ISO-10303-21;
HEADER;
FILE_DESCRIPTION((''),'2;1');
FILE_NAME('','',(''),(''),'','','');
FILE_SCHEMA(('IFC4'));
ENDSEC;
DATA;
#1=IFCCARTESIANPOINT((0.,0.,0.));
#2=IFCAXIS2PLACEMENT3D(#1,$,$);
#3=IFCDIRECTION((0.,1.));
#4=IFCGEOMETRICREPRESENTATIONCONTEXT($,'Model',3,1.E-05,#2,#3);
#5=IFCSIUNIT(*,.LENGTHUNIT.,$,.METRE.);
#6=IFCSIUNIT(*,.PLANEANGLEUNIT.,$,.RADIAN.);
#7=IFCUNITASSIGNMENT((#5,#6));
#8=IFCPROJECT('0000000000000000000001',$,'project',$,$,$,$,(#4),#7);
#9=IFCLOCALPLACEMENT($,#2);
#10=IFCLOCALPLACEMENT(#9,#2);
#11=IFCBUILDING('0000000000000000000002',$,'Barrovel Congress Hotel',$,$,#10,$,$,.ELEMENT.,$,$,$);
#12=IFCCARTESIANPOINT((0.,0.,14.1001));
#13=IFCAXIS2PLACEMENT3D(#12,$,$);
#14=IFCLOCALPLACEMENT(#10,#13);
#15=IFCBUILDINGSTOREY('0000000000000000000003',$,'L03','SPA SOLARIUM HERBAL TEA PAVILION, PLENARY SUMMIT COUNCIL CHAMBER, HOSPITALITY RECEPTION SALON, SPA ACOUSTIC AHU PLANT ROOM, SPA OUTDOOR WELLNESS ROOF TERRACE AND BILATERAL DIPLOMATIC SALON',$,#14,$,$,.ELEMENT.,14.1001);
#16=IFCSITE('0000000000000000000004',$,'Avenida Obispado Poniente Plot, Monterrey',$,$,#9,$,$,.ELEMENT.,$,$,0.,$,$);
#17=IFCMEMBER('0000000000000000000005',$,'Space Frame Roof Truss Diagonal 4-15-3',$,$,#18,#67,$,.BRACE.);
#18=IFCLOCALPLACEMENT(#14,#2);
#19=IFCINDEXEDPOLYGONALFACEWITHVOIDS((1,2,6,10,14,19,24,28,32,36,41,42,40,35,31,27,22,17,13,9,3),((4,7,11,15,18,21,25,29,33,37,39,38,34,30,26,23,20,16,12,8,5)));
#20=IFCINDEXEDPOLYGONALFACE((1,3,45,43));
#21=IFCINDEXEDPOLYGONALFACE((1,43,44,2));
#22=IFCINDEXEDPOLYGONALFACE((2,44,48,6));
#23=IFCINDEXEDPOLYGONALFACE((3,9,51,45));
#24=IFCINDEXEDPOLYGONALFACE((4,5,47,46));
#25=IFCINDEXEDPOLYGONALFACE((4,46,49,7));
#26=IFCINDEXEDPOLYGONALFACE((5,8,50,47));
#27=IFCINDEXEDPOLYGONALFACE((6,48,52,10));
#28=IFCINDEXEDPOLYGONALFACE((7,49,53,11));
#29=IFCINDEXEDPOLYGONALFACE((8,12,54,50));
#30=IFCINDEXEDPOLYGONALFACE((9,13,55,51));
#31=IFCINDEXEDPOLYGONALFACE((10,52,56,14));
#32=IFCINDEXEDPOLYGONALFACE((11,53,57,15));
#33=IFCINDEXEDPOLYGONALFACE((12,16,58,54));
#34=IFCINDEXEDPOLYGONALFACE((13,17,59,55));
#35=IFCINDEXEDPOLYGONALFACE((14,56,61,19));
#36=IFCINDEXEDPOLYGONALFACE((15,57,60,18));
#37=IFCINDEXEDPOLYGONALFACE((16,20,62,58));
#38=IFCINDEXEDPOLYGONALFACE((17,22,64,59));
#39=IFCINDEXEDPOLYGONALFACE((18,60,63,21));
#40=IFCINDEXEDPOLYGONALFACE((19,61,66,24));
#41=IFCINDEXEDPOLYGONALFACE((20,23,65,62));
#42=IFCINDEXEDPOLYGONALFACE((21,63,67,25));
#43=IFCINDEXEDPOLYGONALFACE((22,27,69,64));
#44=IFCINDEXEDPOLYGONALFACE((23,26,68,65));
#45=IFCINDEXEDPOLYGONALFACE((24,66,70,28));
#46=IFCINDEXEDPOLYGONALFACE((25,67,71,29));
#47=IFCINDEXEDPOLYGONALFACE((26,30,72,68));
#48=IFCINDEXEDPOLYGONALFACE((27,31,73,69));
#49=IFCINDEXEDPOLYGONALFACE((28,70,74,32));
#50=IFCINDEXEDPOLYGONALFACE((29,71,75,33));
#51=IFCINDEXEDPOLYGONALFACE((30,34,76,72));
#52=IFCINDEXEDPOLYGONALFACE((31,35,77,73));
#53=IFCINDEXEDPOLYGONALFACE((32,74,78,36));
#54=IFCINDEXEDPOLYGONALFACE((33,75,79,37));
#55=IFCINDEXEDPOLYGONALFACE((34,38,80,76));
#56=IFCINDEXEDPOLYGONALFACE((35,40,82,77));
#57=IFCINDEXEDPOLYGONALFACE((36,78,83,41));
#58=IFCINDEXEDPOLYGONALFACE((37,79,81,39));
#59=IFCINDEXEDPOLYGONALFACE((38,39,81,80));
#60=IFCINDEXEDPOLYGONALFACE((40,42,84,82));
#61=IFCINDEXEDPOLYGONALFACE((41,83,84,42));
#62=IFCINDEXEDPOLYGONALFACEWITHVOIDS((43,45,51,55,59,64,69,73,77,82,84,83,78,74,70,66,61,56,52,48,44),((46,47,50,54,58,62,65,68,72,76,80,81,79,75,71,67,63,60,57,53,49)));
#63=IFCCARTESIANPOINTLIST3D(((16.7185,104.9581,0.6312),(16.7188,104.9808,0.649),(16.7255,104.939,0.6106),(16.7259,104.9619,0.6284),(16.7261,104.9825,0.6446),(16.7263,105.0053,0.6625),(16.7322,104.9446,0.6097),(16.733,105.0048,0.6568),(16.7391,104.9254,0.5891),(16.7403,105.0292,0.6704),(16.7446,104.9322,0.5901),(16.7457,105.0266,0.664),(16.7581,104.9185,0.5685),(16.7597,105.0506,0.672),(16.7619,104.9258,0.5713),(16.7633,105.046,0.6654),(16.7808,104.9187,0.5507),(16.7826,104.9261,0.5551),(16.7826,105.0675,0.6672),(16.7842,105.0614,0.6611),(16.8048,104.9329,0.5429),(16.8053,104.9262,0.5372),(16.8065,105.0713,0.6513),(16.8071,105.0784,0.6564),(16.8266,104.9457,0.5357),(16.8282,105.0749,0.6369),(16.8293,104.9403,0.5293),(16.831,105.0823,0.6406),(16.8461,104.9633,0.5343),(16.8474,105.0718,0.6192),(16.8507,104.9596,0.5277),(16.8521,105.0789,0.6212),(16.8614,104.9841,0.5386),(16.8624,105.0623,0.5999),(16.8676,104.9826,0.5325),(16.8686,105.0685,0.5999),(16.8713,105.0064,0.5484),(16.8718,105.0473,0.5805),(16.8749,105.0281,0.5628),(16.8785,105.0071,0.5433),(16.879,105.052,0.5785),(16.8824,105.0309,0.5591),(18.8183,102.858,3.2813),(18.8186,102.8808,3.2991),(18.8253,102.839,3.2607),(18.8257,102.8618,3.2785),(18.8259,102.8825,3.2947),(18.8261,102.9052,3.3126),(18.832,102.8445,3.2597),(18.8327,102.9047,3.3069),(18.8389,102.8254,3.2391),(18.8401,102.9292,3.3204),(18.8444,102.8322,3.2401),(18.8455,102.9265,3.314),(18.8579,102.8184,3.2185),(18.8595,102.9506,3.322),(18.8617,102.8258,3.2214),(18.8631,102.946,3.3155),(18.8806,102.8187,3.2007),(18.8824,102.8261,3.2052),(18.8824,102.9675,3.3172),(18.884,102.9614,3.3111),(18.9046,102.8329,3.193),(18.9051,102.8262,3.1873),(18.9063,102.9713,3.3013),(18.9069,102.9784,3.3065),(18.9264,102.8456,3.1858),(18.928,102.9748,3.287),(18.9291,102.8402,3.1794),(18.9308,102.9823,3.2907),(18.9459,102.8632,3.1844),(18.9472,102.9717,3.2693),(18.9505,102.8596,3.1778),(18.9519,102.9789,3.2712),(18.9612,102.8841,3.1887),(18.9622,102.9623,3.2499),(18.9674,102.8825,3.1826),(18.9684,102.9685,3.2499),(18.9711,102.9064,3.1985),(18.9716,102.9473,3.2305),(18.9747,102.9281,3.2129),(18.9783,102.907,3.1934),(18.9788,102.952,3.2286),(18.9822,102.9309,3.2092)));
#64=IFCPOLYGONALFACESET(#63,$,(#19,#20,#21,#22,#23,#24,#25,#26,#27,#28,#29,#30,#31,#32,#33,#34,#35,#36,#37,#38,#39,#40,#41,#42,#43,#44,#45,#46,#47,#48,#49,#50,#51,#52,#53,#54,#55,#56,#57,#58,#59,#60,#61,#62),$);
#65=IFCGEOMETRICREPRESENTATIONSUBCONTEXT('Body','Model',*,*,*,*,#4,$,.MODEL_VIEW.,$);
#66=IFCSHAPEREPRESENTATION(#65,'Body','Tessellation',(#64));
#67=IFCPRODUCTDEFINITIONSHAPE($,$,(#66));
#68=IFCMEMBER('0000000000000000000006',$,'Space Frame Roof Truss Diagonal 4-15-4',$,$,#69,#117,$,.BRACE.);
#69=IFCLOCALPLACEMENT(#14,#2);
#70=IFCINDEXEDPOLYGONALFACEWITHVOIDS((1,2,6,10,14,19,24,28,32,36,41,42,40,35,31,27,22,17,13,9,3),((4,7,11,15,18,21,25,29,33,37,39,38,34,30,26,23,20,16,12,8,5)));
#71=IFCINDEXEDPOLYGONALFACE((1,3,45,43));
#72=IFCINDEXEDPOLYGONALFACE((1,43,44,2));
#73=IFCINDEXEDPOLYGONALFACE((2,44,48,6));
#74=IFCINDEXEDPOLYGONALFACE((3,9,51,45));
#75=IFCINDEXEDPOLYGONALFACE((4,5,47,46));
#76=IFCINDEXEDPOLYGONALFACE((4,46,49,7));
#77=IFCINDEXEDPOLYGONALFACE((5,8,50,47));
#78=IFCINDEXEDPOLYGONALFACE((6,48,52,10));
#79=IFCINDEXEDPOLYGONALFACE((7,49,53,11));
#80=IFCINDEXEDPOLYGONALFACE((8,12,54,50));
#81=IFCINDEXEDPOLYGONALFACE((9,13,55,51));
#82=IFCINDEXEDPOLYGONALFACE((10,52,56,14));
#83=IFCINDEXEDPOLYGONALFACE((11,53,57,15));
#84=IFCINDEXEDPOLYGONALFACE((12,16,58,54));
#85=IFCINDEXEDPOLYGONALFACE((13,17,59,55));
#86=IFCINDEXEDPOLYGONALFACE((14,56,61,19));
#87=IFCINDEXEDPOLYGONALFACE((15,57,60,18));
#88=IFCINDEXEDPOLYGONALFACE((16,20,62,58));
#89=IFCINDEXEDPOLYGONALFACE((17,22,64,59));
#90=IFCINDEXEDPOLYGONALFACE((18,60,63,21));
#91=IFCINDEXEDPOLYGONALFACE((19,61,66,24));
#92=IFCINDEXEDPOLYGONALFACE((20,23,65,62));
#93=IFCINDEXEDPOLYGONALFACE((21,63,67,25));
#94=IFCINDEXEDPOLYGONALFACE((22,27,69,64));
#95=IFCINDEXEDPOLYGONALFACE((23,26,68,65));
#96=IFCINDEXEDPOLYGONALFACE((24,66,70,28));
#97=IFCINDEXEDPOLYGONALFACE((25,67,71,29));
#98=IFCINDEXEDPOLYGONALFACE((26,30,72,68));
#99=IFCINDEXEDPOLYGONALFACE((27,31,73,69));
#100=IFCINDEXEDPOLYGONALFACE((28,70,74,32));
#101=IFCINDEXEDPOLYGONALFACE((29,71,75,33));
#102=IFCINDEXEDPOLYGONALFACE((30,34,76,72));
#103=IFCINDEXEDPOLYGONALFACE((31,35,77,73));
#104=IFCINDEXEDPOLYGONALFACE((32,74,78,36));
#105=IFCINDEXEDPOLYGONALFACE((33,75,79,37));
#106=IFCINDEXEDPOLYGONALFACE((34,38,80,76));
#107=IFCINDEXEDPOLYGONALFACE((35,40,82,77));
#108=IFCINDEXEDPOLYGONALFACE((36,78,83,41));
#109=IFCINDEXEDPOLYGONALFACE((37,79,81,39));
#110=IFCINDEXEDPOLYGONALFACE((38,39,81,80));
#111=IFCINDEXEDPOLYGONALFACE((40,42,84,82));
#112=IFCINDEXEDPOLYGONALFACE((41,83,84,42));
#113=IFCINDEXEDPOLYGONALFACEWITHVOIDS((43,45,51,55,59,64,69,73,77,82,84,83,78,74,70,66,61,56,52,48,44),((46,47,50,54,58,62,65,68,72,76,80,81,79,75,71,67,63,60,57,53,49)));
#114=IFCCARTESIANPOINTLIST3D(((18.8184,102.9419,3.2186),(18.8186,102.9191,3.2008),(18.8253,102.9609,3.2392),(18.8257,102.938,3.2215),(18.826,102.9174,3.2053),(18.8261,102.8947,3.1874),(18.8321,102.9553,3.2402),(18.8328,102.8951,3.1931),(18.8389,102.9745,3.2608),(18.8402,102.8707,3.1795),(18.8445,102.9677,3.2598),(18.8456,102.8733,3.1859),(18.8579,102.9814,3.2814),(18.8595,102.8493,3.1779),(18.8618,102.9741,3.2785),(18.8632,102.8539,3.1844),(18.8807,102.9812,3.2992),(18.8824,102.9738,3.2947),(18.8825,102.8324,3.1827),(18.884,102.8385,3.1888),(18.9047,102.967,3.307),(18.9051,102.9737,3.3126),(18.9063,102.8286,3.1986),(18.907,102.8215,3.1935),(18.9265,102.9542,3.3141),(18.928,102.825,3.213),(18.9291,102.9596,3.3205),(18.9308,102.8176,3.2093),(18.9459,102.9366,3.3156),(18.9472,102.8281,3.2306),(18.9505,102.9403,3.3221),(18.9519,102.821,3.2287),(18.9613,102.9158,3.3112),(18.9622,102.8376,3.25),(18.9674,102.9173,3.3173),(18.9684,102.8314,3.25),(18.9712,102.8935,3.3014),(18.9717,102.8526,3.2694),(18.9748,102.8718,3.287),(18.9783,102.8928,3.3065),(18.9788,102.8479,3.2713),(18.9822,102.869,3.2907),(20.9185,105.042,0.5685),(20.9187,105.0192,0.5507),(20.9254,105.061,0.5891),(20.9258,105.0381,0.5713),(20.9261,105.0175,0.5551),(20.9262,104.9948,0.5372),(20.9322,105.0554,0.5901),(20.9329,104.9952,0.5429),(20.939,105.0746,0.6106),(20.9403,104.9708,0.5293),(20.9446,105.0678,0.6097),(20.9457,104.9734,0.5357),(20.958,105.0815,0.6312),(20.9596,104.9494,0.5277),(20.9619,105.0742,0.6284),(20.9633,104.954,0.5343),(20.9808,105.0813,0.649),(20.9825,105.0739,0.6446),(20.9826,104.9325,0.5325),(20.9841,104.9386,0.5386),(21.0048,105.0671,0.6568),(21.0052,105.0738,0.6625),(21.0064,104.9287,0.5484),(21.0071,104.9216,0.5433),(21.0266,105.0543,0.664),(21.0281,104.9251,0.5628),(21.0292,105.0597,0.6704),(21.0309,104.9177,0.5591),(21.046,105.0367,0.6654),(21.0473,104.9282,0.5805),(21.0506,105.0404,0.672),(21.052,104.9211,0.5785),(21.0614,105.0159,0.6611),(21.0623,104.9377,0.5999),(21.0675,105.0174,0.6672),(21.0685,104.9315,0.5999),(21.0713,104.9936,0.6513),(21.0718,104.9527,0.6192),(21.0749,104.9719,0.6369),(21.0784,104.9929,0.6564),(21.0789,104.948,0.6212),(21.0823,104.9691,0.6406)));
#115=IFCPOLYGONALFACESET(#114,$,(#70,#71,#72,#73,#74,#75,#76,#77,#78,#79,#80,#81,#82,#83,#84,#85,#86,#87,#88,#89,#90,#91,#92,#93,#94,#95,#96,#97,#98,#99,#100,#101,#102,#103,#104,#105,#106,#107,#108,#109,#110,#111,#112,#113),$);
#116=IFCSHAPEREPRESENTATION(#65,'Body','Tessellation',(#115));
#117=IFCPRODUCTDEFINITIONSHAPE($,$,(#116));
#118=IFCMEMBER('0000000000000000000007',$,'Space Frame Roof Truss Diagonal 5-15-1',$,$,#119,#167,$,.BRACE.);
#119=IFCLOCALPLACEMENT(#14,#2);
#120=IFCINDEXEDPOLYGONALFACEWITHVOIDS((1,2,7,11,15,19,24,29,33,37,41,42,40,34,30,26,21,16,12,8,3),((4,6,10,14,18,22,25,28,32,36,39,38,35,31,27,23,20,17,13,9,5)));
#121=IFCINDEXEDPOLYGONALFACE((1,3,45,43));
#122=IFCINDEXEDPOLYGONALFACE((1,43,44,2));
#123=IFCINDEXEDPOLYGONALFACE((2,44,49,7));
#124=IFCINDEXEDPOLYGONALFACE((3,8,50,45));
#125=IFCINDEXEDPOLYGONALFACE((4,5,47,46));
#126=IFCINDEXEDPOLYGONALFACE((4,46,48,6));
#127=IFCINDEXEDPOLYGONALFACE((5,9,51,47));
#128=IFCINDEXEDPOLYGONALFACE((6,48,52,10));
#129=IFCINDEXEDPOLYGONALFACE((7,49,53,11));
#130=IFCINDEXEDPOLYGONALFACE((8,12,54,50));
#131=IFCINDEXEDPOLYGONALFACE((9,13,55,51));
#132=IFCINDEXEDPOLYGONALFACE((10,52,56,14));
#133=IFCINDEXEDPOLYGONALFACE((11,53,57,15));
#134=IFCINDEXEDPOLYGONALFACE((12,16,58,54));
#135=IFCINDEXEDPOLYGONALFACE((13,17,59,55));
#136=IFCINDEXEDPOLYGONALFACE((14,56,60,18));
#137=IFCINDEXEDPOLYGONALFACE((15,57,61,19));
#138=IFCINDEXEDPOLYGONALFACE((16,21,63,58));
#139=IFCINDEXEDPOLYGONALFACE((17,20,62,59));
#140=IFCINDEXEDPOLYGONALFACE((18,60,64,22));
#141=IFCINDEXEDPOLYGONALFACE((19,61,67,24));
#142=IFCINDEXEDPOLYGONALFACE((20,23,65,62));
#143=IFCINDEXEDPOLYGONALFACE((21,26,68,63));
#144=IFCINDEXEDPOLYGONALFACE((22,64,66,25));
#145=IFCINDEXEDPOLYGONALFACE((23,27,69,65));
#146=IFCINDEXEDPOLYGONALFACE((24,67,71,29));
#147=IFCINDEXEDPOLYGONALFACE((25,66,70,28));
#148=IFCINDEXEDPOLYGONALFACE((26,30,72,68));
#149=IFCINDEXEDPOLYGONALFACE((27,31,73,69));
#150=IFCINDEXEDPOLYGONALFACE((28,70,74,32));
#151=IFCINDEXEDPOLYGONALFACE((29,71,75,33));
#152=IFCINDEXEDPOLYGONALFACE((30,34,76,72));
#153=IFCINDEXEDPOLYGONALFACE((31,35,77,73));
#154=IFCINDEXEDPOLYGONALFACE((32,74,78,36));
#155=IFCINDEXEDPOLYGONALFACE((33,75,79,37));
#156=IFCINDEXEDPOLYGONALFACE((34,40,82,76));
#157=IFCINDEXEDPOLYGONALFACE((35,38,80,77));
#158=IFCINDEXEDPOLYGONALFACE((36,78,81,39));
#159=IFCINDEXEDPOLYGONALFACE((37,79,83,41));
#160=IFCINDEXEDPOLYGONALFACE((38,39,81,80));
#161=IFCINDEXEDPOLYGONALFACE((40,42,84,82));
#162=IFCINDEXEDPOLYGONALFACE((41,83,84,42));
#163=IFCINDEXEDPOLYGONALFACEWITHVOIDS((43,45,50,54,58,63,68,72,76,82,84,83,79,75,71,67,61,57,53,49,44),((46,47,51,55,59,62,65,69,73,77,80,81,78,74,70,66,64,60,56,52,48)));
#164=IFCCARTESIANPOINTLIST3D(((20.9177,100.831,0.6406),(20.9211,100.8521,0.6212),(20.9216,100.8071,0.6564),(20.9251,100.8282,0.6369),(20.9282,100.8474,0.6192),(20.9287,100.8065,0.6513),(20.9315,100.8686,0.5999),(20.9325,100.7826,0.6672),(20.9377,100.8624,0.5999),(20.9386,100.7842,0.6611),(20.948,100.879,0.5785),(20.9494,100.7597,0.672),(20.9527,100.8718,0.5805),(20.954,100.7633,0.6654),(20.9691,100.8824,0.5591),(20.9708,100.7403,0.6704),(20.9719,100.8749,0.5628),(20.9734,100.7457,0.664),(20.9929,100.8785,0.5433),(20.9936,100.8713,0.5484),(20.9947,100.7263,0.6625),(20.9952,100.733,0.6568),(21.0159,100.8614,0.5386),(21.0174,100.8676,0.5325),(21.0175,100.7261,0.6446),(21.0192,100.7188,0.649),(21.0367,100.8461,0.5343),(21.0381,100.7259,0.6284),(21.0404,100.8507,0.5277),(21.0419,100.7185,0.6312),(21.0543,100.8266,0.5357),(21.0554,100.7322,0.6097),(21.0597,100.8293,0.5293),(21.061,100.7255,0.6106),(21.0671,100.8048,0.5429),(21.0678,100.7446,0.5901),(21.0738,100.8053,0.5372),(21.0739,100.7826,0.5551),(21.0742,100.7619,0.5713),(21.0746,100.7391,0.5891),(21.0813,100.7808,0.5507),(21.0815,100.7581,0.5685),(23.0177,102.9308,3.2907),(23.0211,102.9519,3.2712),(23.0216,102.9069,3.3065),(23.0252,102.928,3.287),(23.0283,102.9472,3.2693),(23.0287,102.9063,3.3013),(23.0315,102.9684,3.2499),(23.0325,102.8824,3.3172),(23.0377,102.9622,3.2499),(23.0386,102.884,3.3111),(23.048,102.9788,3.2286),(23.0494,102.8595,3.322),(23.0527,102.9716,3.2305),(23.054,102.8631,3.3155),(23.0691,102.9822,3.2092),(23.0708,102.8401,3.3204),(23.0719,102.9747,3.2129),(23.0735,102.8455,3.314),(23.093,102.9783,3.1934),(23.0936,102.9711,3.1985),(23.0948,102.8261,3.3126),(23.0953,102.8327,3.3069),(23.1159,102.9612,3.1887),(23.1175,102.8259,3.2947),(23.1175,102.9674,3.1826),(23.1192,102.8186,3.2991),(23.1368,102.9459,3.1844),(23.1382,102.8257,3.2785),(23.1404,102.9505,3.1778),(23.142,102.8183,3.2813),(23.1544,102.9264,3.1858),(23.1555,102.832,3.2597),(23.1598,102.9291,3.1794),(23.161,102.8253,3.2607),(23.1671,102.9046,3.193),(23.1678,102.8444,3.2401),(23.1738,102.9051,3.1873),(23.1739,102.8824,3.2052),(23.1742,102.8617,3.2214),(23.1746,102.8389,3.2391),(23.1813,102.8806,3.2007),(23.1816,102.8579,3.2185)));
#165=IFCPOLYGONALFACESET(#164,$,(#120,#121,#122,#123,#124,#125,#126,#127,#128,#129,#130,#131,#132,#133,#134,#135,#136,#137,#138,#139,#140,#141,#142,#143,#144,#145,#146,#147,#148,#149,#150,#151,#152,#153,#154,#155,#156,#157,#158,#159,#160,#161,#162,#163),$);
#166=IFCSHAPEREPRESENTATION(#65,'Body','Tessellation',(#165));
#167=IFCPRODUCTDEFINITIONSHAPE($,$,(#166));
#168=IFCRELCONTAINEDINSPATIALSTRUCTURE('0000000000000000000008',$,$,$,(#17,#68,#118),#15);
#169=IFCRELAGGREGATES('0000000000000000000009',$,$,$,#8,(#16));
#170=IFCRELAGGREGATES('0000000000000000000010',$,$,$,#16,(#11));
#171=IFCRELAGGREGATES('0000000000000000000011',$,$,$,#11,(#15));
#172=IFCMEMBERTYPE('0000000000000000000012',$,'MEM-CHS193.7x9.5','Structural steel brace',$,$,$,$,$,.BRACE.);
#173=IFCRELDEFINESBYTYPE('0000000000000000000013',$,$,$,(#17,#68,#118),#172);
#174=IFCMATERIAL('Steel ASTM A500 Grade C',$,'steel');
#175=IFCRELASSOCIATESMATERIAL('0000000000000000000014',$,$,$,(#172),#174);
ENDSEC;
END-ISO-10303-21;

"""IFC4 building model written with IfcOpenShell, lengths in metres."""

from ifc_helpers import new_model, si_unit, direction, frame, origin, origin_2d, place, context, subcontext, project, spatial, hollow_circle, extrude, material, material_profile, profile_set, type_object, element, save


model = new_model("IFC4")

# Units and contexts
model_context = context("Model", 3, precision=1e-05, world=origin(), true_north=direction((0.0, 1.0)))
body_context = subcontext(model_context, "Body", "Model", "MODEL_VIEW")
ifc_project = project(units=[si_unit("LENGTHUNIT", "METRE"), si_unit("PLANEANGLEUNIT", "RADIAN")], contexts=[model_context])

# Site, building, storey
site_placement = place(None, origin())
site = spatial("IfcSite", under=ifc_project, at=site_placement, Name="Avenida Obispado Poniente Plot, Monterrey", CompositionType="ELEMENT", RefElevation=0.0)
building_placement = place(site_placement, origin())
building = spatial("IfcBuilding", under=site, at=building_placement, Name="Barrovel Congress Hotel", CompositionType="ELEMENT")
storey_placement = place(building_placement, frame((0.0, 0.0, 14.1001)))
storey = spatial("IfcBuildingStorey", under=building, at=storey_placement, Name="L03", Description="SPA SOLARIUM HERBAL TEA PAVILION, PLENARY SUMMIT COUNCIL CHAMBER, HOSPITALITY RECEPTION SALON, SPA ACOUSTIC AHU PLANT ROOM, SPA OUTDOOR WELLNESS ROOF TERRACE AND BILATERAL DIPLOMATIC SALON", CompositionType="ELEMENT", Elevation=14.1001)

# Members
ifc_material_1 = material(Name="Steel ASTM A500 Grade C", Category="steel")
ifc_material_profile_1 = material_profile(ifc_material_1, hollow_circle(Radius=0.0969, WallThickness=0.0088, at=origin_2d()), Name="CHS193.7x9.5")
ifc_profile_set_1 = profile_set([ifc_material_profile_1], Name="Steel ASTM A500 Grade C")
member_type_1 = type_object("IfcMemberType", Name="MEM-CHS193.7x9.5", Description="Structural steel brace", PredefinedType="BRACE", material=ifc_profile_set_1)
for number, where, z_axis, x_axis, name in (
    (1, (16.8, 105.0, 0.5999), (0.527557, -0.527618, 0.66581), (0.707148, 0.707066, 0.0), "Space Frame Roof Truss Diagonal 4-15-3"),
):
    element("IfcMember", number, at=place(storey_placement, frame(where, z_axis=z_axis, x_axis=x_axis)), inside=storey, type_object=member_type_1, Name=name, PredefinedType="BRACE", context=body_context, shape_type="SweptSolid", body=[
        extrude(hollow_circle(Radius=0.0969, WallThickness=0.0088, at=origin_2d()), origin(), (0.0, 0.0, 1.0), 3.9802),
    ])
member_1_placement = place(storey_placement, frame((21.0, 105.0, 0.5999), z_axis=(-0.527601, -0.527601, 0.665788), x_axis=(0.707107, -0.707107, 0.0)))
element("IfcMember", 2, at=member_1_placement, inside=storey, type_object=member_type_1, Name="Space Frame Roof Truss Diagonal 4-15-4", PredefinedType="BRACE", context=body_context, shape_type="SweptSolid", body=[
    extrude(hollow_circle(Radius=0.0969, WallThickness=0.0088, at=origin_2d()), origin(), (0.0, 0.0, 1.0), 3.9805),
])
for number, where, z_axis, x_axis, name in (
    (3, (21.0, 100.8, 0.5999), (0.527618, 0.527557, 0.66581), (-0.707066, 0.707148, 0.0), "Space Frame Roof Truss Diagonal 5-15-1"),
):
    element("IfcMember", number, at=place(storey_placement, frame(where, z_axis=z_axis, x_axis=x_axis)), inside=storey, type_object=member_type_1, Name=name, PredefinedType="BRACE", context=body_context, shape_type="SweptSolid", body=[
        extrude(hollow_circle(Radius=0.0969, WallThickness=0.0088, at=origin_2d()), origin(), (0.0, 0.0, 1.0), 3.9802),
    ])

save(model, "model.ifc")
